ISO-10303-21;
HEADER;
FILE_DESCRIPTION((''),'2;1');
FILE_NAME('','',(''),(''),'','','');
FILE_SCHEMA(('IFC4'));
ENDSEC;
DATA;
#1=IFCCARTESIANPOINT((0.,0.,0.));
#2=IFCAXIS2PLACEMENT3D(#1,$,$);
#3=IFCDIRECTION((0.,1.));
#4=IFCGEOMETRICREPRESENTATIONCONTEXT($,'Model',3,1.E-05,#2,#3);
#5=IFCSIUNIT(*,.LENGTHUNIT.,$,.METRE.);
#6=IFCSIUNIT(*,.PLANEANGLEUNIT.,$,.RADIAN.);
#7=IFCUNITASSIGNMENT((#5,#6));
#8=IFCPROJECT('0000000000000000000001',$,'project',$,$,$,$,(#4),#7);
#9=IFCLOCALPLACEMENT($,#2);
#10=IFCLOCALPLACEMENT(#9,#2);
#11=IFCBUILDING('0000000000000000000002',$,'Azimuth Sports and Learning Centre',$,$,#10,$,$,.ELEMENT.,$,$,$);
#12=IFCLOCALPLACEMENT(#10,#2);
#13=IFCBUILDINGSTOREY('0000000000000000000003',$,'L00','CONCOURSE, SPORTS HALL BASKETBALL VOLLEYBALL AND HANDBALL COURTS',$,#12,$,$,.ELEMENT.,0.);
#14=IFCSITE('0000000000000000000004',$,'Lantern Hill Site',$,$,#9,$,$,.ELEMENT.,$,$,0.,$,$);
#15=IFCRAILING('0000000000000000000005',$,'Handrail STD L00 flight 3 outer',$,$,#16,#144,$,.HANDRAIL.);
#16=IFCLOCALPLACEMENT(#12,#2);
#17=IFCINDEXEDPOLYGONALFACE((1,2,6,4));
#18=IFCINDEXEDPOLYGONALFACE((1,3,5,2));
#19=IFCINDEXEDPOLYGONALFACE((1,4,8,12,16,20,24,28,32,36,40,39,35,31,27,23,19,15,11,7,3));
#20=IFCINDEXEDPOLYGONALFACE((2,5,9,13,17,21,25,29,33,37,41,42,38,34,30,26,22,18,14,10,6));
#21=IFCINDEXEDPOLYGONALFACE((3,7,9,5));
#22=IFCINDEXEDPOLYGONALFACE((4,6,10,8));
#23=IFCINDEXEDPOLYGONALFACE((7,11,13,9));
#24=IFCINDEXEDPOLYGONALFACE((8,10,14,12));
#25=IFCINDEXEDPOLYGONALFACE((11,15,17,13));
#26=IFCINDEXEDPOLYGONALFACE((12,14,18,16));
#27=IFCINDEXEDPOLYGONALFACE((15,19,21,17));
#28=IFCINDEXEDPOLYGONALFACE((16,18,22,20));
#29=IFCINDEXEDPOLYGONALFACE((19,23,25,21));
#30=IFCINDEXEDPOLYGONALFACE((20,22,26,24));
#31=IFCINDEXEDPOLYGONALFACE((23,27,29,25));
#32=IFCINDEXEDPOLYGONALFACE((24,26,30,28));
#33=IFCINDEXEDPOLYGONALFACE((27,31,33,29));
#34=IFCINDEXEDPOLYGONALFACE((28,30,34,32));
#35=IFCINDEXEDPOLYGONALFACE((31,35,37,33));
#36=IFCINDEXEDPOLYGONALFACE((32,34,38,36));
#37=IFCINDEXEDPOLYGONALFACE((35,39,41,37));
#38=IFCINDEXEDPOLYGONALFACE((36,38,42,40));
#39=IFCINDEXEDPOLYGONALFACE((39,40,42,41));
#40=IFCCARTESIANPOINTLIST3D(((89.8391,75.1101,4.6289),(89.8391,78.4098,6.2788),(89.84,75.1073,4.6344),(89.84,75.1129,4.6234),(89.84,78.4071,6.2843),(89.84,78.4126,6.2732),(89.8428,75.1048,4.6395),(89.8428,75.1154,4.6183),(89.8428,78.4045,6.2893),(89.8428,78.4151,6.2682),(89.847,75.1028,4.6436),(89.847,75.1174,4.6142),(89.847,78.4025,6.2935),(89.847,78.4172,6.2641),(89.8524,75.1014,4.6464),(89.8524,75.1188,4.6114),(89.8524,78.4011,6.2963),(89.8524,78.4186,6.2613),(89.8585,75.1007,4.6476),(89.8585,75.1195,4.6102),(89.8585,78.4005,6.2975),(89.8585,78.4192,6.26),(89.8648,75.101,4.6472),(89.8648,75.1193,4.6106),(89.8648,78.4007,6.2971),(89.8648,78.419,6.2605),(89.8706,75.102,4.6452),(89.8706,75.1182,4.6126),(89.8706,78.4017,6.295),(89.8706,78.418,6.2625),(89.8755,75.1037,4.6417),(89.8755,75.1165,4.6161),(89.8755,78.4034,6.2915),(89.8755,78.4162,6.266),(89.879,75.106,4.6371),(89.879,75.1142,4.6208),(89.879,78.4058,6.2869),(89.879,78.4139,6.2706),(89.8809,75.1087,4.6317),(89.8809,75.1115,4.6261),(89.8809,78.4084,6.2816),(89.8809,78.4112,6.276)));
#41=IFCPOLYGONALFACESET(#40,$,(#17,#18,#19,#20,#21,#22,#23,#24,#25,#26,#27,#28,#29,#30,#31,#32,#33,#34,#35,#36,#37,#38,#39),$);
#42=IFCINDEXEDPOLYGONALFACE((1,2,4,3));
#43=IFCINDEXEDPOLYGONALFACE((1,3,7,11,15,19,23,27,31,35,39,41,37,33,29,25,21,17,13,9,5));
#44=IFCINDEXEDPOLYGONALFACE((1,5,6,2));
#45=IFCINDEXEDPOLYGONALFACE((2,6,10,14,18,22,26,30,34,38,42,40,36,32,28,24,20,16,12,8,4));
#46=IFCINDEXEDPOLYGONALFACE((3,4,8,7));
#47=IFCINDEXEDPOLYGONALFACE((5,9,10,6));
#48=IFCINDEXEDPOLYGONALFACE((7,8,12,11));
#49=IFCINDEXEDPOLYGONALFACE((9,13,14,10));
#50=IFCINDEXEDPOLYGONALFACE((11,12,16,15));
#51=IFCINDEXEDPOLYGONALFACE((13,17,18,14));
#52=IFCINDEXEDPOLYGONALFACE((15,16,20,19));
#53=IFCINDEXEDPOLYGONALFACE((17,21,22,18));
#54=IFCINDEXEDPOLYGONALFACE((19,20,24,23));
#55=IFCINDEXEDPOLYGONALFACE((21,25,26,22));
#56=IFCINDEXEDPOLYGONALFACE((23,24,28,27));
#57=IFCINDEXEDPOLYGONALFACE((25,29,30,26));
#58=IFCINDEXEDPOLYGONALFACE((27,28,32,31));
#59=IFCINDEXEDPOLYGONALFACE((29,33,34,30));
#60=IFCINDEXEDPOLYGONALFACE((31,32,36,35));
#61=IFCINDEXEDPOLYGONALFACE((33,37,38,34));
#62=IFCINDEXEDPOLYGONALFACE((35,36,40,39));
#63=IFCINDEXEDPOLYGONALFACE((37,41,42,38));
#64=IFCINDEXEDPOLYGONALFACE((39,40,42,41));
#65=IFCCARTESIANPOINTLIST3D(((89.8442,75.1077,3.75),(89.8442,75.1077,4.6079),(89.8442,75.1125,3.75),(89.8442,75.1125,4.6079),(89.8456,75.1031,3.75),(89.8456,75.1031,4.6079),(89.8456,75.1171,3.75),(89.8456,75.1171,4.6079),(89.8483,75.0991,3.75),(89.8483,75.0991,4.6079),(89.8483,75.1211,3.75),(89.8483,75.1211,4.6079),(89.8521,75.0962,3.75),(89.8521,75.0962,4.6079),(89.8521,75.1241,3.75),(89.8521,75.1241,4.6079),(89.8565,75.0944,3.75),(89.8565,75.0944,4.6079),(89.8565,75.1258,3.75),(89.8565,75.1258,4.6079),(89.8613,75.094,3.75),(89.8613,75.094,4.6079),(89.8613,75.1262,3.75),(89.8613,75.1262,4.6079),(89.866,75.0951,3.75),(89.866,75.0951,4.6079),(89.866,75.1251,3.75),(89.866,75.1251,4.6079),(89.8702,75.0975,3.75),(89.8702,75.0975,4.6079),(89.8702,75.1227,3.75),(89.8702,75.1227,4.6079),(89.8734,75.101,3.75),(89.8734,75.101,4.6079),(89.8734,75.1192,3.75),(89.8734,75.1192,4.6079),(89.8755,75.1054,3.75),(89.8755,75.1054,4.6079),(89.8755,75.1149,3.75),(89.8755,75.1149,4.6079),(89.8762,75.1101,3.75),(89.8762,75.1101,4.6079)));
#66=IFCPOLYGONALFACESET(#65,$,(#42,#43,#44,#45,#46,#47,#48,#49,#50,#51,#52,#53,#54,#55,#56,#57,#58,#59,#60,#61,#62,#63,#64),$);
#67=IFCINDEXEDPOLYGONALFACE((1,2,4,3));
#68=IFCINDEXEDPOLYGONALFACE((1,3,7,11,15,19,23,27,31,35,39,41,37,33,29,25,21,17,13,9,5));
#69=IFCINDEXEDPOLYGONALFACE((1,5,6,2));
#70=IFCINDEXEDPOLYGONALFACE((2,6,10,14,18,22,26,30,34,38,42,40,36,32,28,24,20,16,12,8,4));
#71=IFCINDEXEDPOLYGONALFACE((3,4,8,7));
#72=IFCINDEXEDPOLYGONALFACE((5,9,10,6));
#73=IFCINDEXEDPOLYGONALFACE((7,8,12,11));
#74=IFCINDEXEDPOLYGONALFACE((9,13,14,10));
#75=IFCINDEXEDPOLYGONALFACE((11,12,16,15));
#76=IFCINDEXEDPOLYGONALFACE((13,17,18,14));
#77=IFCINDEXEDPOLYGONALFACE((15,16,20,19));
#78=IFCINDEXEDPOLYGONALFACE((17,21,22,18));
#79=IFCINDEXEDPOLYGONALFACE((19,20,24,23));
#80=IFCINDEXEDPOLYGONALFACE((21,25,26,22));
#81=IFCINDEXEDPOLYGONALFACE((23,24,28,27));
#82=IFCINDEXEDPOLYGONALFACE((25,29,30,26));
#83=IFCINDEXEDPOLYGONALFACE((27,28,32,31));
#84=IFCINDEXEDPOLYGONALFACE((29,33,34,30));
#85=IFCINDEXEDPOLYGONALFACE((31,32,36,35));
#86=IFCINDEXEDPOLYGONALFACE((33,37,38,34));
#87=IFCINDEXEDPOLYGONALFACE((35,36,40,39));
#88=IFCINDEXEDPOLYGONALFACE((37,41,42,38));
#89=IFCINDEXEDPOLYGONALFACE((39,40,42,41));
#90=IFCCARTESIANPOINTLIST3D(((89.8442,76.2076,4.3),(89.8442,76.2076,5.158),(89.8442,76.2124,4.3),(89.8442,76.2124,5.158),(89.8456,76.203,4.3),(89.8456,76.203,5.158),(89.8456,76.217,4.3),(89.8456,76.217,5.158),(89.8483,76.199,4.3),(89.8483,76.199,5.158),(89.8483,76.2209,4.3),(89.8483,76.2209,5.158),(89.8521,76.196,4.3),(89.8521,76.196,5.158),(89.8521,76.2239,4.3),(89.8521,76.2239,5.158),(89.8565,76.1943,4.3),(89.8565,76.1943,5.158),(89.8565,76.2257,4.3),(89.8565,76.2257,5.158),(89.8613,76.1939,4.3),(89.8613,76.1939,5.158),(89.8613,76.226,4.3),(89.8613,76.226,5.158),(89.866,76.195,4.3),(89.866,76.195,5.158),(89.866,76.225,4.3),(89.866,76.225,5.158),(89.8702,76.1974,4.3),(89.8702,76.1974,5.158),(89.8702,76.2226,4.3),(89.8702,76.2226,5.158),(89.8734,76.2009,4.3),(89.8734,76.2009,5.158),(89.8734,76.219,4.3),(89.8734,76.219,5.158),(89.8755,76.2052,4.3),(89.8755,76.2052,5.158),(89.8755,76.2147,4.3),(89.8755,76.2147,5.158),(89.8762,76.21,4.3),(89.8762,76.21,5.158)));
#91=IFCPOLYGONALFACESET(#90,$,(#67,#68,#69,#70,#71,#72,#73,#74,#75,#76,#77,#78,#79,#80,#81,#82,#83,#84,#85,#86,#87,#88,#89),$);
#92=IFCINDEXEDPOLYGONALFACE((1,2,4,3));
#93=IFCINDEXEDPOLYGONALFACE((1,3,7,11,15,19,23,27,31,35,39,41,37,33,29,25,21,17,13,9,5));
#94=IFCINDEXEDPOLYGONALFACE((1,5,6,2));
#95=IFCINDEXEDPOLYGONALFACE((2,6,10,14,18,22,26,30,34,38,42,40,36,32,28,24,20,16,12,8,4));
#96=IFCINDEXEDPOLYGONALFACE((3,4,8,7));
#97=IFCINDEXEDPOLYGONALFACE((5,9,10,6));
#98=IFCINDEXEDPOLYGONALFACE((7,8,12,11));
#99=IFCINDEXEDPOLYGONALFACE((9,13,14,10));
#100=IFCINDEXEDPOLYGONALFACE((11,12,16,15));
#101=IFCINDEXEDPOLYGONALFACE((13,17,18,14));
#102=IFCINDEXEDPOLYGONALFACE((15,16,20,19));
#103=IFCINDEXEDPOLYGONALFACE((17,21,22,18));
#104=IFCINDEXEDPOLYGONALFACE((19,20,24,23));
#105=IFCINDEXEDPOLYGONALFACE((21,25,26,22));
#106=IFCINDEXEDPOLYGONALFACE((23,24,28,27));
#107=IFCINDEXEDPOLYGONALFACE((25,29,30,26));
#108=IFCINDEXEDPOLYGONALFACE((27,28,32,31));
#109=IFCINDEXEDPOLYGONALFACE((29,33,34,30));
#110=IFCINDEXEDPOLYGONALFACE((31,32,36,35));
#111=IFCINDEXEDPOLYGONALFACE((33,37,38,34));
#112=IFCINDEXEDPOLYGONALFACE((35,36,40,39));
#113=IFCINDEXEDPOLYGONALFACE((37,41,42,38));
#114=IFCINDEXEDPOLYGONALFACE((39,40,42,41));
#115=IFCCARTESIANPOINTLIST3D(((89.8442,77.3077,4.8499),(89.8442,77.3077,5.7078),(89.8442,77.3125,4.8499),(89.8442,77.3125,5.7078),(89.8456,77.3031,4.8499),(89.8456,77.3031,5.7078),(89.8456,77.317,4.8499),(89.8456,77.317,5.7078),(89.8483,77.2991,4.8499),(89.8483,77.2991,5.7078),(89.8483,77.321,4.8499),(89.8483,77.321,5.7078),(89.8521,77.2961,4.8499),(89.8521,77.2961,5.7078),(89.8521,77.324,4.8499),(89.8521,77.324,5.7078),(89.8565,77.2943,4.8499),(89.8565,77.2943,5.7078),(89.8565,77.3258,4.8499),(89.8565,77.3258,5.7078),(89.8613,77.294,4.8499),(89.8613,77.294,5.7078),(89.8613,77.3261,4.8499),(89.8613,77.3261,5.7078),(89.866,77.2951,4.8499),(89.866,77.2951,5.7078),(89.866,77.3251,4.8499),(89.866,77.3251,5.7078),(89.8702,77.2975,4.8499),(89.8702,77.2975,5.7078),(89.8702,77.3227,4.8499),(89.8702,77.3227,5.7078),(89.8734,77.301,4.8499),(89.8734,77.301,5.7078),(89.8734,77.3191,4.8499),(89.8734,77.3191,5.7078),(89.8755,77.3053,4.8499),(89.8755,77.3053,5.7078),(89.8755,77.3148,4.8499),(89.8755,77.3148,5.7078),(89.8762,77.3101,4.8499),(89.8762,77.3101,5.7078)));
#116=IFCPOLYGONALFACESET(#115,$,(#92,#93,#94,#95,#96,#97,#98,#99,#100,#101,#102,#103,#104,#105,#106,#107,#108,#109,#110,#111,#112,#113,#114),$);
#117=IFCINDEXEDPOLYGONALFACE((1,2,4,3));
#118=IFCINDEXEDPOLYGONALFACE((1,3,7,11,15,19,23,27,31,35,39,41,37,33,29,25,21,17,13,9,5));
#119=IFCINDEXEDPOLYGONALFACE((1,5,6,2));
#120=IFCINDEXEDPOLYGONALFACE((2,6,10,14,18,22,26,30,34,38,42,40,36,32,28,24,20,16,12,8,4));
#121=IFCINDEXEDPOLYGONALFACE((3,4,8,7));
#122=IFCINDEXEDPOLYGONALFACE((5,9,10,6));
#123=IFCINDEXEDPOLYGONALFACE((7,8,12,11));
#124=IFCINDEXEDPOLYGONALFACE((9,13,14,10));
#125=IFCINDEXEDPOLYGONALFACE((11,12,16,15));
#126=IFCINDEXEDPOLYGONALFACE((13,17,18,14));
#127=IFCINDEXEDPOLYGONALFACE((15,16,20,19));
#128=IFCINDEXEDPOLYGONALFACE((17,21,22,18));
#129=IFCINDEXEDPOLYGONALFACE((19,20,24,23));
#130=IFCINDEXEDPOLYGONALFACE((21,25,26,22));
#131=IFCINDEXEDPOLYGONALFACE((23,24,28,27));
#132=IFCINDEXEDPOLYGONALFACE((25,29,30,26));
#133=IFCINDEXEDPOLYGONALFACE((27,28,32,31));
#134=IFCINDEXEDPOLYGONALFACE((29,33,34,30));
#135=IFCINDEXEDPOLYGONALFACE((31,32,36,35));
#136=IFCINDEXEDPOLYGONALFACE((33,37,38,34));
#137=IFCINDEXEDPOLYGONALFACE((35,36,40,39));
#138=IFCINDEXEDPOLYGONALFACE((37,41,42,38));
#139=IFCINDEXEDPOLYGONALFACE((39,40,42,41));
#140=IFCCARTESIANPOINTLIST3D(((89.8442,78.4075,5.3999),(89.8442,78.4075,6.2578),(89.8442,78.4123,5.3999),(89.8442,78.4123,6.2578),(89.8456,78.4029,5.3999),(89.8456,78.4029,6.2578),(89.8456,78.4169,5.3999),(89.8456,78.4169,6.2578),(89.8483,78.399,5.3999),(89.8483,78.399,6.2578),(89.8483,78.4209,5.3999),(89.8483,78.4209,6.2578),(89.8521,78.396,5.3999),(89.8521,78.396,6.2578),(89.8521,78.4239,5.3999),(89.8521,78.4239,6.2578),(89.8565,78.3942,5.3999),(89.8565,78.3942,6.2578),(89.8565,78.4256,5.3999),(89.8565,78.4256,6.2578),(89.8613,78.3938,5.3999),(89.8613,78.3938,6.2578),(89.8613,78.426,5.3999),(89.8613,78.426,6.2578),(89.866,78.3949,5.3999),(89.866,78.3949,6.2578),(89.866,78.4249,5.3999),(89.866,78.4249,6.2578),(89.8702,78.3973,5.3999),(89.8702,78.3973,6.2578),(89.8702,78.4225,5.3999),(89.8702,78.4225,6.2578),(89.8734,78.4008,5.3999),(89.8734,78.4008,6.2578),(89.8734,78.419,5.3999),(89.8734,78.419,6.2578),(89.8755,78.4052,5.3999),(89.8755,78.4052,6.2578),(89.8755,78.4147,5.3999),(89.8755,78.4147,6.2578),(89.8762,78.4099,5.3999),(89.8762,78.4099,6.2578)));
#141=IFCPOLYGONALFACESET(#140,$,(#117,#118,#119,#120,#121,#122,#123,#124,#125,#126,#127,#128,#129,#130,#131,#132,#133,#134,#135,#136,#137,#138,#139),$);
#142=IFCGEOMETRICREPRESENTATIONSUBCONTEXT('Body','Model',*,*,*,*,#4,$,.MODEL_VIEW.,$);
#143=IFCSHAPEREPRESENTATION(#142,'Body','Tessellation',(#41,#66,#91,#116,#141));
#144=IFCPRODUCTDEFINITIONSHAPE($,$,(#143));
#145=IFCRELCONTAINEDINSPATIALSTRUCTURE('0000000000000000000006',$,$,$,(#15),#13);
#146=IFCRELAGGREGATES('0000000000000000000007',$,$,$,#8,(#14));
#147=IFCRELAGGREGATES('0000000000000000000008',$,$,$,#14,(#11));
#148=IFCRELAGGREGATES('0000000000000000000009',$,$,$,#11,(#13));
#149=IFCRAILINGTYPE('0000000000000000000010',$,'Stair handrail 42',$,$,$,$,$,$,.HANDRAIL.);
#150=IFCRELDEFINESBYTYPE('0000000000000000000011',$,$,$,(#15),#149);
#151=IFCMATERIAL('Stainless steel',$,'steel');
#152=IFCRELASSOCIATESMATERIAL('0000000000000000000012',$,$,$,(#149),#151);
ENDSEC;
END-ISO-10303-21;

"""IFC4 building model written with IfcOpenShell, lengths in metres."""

from ifc_helpers import new_model, si_unit, direction, frame, origin, origin_2d, place, context, subcontext, project, spatial, circle, extrude, material, type_object, element, save


model = new_model("IFC4")

# Units and contexts
model_context = context("Model", 3, precision=1e-05, world=origin(), true_north=direction((0.0, 1.0)))
body_context = subcontext(model_context, "Body", "Model", "MODEL_VIEW")
ifc_project = project(units=[si_unit("LENGTHUNIT", "METRE"), si_unit("PLANEANGLEUNIT", "RADIAN")], contexts=[model_context])

# Site, building, storey
site_placement = place(None, origin())
site = spatial("IfcSite", under=ifc_project, at=site_placement, Name="Lantern Hill Site", CompositionType="ELEMENT", RefElevation=0.0)
building_placement = place(site_placement, origin())
building = spatial("IfcBuilding", under=site, at=building_placement, Name="Azimuth Sports and Learning Centre", CompositionType="ELEMENT")
storey_placement = place(building_placement, origin())
storey = spatial("IfcBuildingStorey", under=building, at=storey_placement, Name="L00", Description="CONCOURSE, SPORTS HALL BASKETBALL VOLLEYBALL AND HANDBALL COURTS", CompositionType="ELEMENT", Elevation=0.0)

# Railing
ifc_material_1 = material(Name="Stainless steel", Category="steel")
railing_type_1 = type_object("IfcRailingType", Name="Stair handrail 42", PredefinedType="HANDRAIL", material=ifc_material_1)
for number, where, name in (
    (1, (89.8601, 75.1101, 3.75), "Handrail STD L00 flight 3 outer"),
):
    element("IfcRailing", number, at=place(storey_placement, frame(where)), inside=storey, type_object=railing_type_1, Name=name, PredefinedType="HANDRAIL", context=body_context, shape_type="SweptSolid", body=[
        extrude(circle(Radius=0.021, at=origin_2d()), frame((0.0, 0.0, 0.8789), z_axis=(0.0, 0.894427, 0.447214), x_axis=(-1.0, 0.0, 0.0)), (0.0, 0.0, 1.0), 3.6892),
        extrude(circle(Radius=0.0161, at=origin_2d()), origin(), (0.0, 0.0, 1.0), 0.8579),
        extrude(circle(Radius=0.0161, at=origin_2d()), frame((0.0, 1.0999, 0.55)), (0.0, 0.0, 1.0), 0.8579),
        extrude(circle(Radius=0.0161, at=origin_2d()), frame((0.0, 2.2, 1.0999)), (0.0, 0.0, 1.0), 0.8579),
        extrude(circle(Radius=0.0161, at=origin_2d()), frame((0.0, 3.2998, 1.6499)), (0.0, 0.0, 1.0), 0.8579),
    ])

save(model, "model.ifc")
